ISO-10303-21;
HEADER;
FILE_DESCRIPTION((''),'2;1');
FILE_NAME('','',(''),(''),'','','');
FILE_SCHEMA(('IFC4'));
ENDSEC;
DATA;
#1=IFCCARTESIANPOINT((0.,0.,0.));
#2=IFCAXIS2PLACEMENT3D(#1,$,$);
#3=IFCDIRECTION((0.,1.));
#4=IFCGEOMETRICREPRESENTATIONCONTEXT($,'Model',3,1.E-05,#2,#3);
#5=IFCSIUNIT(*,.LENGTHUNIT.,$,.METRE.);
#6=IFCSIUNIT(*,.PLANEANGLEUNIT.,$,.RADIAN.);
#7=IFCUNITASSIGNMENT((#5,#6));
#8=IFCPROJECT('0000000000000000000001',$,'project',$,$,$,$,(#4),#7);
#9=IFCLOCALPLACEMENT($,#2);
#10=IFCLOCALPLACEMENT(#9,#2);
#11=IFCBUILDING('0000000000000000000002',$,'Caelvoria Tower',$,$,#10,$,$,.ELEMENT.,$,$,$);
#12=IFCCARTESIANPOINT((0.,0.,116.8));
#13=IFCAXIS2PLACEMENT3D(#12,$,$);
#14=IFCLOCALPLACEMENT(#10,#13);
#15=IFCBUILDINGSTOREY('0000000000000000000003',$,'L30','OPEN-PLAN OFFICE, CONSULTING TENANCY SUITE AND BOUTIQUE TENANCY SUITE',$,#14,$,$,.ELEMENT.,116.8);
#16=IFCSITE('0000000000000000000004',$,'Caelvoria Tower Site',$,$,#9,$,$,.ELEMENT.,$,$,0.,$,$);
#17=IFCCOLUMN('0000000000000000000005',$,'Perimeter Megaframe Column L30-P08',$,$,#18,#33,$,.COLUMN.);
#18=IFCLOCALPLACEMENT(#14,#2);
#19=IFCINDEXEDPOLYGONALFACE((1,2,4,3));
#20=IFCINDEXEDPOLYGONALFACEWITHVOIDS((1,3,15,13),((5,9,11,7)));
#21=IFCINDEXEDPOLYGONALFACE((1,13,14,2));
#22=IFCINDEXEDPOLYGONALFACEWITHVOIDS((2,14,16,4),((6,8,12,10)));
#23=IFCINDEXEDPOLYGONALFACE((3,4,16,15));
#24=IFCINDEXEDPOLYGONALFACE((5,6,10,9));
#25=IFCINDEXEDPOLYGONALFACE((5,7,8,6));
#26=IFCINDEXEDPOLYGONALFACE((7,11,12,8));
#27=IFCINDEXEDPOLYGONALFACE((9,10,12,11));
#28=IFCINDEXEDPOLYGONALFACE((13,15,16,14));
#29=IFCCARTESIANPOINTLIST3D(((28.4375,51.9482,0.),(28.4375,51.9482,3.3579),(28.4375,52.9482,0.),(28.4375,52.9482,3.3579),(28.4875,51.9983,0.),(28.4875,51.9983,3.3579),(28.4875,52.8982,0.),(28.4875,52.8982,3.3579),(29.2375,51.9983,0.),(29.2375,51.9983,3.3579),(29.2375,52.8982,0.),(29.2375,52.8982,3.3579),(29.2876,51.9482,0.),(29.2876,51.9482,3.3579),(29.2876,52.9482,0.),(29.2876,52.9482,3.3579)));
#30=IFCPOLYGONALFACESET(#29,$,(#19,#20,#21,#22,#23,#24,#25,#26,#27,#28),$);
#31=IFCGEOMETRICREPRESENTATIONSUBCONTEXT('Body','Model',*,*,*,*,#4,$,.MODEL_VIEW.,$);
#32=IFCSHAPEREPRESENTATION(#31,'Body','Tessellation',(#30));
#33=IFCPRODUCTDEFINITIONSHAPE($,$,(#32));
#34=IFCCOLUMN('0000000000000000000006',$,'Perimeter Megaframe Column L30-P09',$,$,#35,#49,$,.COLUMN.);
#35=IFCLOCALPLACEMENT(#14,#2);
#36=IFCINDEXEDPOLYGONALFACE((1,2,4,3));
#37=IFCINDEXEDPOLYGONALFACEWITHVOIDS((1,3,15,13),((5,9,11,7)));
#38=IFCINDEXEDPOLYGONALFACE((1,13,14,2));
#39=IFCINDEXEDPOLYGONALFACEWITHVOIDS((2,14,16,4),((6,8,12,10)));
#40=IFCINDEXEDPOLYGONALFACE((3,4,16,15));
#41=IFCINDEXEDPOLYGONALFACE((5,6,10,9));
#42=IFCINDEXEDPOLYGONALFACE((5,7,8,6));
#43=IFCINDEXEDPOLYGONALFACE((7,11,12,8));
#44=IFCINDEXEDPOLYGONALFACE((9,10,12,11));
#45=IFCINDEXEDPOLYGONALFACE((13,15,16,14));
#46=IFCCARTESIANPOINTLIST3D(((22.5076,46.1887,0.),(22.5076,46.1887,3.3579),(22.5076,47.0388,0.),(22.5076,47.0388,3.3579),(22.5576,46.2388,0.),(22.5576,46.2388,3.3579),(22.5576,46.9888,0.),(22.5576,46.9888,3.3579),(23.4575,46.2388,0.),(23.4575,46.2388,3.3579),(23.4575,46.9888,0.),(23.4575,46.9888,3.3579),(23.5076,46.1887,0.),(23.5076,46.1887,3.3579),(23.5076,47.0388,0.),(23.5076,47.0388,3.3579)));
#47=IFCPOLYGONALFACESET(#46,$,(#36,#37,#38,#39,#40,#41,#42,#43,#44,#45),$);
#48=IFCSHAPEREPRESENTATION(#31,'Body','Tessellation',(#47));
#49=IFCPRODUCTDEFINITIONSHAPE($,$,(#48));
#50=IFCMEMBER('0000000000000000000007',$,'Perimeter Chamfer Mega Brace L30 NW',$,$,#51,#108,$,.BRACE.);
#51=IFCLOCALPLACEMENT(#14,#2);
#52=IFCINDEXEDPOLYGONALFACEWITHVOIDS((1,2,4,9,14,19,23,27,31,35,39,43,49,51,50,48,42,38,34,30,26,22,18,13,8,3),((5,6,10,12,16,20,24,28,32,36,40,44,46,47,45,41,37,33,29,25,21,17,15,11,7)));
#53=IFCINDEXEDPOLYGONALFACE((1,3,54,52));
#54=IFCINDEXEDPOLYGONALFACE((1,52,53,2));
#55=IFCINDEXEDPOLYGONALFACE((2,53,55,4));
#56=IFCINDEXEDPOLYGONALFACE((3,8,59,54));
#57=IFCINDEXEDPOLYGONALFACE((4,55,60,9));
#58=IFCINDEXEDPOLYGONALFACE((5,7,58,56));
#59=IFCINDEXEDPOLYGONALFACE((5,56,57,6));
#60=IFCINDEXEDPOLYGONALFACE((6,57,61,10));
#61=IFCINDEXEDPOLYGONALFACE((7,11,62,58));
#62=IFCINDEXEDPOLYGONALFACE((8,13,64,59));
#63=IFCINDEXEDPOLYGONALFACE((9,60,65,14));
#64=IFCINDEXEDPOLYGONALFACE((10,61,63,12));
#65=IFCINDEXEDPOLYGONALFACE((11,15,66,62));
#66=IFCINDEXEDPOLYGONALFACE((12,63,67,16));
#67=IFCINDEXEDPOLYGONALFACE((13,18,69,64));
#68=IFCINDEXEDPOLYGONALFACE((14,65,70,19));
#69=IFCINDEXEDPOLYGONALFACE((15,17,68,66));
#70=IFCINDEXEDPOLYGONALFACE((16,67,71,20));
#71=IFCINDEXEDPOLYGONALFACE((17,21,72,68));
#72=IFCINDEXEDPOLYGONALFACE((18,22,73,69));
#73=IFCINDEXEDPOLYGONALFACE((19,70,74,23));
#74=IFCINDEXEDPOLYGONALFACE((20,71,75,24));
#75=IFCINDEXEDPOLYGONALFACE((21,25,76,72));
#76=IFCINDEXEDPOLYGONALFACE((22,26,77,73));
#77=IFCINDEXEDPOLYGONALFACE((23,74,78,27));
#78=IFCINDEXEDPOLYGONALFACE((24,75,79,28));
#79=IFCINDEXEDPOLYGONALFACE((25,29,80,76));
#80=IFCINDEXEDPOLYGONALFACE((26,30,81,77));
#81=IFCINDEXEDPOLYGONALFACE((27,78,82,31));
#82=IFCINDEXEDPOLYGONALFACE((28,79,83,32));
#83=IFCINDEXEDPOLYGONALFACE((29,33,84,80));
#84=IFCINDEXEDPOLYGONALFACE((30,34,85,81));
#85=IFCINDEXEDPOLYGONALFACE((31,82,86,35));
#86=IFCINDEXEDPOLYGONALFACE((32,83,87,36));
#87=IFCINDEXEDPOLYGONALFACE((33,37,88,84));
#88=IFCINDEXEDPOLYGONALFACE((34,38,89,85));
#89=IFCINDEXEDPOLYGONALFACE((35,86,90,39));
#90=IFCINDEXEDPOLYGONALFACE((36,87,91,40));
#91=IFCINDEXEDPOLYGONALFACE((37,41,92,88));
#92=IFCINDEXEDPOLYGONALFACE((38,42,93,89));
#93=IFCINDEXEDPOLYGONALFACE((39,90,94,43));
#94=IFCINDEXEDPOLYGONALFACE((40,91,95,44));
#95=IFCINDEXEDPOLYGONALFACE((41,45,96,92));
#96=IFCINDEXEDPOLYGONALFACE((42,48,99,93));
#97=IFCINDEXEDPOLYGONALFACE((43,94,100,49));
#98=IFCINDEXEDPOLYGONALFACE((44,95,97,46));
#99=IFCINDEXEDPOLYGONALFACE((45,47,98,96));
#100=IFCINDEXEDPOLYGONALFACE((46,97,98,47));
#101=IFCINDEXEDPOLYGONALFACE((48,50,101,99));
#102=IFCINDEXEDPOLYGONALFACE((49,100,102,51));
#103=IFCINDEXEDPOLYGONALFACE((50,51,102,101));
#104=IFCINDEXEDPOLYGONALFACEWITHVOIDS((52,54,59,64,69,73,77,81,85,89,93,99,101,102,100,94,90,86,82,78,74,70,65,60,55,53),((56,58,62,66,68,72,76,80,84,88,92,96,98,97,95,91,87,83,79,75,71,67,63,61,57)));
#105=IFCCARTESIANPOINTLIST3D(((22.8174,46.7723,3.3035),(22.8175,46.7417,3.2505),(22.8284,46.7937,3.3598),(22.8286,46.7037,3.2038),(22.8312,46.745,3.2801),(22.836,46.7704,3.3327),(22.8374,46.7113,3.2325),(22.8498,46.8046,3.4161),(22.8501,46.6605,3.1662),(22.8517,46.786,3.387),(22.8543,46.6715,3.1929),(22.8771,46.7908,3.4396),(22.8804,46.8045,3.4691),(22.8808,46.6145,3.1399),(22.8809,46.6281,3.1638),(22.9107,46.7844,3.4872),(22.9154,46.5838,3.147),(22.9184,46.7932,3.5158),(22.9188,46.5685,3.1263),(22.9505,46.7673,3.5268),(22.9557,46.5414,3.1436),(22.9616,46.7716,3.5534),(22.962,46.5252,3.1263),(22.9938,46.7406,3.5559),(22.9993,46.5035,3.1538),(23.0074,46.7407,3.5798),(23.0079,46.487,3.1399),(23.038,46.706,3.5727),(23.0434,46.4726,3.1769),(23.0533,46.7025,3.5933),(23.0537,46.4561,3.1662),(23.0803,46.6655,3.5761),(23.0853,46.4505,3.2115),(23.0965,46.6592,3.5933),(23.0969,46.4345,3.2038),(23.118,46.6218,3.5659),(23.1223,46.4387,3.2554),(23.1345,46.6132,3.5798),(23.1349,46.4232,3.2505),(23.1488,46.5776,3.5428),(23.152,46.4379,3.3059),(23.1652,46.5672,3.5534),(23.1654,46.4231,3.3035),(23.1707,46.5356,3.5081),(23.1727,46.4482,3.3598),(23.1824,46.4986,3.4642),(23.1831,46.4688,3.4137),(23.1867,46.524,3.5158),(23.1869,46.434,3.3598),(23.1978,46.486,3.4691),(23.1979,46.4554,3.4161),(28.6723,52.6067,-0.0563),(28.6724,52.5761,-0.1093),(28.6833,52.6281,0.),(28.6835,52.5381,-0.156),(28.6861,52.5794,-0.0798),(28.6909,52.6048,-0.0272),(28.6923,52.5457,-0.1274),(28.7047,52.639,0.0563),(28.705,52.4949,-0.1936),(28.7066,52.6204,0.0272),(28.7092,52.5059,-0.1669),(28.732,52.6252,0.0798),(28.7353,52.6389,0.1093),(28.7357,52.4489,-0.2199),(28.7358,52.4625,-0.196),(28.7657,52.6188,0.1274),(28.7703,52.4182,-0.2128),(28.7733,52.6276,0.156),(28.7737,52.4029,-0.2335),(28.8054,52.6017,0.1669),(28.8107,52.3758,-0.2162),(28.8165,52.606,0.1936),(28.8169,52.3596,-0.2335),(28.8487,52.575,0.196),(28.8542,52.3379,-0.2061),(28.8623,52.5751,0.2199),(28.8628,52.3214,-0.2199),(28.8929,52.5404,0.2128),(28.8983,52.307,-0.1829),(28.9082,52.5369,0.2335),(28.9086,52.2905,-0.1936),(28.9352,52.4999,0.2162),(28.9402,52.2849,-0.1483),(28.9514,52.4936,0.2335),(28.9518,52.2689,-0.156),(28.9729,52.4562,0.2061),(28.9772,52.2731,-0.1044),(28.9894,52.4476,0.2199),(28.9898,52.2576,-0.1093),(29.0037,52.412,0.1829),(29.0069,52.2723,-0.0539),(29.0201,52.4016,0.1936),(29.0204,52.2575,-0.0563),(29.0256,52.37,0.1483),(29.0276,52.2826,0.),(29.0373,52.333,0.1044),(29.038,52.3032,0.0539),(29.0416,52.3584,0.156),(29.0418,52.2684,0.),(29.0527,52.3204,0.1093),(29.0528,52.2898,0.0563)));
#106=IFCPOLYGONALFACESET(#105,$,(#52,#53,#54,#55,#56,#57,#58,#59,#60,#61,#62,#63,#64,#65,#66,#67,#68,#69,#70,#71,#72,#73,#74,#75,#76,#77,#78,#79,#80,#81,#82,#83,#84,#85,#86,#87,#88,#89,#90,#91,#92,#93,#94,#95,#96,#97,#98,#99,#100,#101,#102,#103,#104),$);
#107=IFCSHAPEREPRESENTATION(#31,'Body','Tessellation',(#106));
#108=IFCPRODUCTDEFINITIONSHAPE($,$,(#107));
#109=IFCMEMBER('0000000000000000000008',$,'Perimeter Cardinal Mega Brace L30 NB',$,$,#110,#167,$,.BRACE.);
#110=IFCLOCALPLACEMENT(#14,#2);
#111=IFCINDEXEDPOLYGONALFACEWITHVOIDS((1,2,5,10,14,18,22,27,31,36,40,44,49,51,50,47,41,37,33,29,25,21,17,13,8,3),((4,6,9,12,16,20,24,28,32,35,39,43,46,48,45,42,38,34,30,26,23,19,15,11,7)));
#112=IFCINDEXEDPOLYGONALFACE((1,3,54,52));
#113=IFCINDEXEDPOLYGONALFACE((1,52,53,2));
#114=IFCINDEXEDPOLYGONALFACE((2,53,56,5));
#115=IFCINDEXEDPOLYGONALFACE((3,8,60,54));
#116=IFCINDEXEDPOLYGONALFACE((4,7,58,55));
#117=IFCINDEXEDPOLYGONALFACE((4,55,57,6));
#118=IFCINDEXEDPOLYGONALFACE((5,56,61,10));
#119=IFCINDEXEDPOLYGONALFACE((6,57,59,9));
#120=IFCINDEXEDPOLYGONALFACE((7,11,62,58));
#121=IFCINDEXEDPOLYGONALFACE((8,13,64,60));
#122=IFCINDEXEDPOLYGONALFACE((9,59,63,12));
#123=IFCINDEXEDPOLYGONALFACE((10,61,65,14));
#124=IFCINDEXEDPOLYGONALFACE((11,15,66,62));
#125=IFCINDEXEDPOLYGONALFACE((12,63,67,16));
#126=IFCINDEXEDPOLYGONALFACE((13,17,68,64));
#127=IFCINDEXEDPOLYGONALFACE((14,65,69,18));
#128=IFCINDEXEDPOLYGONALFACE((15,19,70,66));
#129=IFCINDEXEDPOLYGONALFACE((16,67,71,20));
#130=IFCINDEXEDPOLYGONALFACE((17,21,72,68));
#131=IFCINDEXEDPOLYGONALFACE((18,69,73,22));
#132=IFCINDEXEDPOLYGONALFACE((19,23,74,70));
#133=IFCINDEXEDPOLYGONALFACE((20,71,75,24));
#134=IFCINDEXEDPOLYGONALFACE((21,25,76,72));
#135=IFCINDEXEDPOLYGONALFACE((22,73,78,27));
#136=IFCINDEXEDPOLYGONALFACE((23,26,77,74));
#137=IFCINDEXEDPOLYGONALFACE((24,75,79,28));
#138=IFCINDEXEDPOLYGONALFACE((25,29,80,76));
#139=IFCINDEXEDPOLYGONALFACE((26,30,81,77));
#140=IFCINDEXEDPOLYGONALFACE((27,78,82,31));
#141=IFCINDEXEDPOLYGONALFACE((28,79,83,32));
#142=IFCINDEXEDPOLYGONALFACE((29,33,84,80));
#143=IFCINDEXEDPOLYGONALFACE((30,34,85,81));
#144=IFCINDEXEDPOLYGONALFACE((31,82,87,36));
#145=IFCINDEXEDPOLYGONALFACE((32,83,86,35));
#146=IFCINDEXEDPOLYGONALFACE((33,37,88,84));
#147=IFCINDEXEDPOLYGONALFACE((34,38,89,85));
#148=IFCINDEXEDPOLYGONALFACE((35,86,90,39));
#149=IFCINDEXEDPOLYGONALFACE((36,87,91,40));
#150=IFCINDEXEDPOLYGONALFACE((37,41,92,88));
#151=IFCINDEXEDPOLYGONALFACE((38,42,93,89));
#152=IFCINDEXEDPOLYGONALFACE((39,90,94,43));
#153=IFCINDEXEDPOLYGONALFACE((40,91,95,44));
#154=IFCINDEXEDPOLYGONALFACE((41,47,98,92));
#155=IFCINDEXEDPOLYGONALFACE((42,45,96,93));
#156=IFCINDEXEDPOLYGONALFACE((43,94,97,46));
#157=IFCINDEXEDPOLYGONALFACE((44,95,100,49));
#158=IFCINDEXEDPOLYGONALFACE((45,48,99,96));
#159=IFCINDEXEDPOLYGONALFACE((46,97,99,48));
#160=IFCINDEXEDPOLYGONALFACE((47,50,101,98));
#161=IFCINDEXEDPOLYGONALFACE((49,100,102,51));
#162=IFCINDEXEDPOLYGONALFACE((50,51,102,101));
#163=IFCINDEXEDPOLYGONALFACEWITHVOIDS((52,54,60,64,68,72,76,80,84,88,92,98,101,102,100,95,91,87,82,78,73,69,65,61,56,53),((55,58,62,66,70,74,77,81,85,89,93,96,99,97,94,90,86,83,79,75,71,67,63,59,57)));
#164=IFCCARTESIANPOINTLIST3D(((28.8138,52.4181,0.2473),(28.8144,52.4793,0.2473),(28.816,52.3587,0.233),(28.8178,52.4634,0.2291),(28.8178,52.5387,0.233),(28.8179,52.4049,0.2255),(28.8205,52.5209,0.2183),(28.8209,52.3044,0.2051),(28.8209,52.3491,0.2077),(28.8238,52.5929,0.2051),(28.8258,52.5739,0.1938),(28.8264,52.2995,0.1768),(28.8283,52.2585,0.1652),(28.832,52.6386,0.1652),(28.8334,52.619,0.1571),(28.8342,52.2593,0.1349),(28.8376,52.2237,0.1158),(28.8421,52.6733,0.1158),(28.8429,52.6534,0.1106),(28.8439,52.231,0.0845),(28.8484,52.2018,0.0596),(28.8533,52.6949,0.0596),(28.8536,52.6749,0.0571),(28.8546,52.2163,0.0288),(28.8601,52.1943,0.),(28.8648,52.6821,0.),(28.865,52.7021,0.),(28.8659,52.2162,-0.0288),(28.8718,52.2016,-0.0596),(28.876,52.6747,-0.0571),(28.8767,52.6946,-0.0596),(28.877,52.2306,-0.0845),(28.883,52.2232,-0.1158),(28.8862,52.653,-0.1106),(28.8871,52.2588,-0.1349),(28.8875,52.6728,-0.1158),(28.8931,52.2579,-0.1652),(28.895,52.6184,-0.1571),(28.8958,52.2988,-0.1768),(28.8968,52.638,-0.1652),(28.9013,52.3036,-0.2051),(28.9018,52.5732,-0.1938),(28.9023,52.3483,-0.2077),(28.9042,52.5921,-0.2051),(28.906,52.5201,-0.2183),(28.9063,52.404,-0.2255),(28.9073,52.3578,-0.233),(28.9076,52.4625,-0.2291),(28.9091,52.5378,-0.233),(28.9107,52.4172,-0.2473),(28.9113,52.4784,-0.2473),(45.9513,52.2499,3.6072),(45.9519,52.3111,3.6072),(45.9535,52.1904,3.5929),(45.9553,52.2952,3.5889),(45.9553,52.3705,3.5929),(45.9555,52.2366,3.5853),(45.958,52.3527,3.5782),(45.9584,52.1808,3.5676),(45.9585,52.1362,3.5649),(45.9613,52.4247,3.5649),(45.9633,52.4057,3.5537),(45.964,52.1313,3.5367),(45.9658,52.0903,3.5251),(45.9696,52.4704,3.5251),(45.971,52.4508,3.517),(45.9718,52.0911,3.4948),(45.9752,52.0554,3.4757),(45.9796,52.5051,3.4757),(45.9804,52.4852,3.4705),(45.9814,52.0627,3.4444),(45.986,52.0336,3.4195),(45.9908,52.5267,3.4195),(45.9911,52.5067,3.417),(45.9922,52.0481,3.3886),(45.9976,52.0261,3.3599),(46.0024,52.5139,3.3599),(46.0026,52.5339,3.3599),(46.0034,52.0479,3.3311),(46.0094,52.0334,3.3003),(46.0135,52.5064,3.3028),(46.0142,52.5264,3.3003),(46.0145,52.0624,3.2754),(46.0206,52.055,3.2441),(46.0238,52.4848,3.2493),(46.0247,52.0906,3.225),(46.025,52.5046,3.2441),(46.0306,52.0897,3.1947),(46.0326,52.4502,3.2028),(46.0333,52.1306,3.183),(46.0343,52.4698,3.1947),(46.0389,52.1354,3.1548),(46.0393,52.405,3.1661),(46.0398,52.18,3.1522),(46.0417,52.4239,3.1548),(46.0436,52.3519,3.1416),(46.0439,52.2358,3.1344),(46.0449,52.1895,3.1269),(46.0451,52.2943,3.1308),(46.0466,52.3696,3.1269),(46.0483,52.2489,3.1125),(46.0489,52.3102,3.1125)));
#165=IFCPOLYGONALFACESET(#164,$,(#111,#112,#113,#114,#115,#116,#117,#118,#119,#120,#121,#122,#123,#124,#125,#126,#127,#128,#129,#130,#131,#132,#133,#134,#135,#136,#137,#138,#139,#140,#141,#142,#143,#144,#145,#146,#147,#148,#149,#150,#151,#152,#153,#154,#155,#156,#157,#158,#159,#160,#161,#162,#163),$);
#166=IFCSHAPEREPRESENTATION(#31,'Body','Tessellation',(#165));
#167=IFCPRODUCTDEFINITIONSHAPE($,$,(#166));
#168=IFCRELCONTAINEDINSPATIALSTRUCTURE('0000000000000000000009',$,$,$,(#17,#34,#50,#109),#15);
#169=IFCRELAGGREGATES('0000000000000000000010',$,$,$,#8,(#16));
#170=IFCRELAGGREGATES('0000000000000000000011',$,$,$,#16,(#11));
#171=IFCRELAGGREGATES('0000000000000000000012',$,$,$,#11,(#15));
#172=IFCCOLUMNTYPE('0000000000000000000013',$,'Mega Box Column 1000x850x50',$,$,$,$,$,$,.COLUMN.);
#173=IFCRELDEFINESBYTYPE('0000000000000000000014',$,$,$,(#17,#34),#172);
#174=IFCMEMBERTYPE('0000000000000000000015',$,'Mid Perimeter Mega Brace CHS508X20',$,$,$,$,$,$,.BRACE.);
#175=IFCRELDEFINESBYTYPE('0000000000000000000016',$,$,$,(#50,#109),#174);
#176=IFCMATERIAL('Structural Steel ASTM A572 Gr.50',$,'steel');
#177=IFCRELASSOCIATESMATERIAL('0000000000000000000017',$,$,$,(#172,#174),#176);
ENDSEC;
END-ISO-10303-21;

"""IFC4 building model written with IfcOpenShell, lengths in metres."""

from ifc_helpers import new_model, si_unit, direction, frame, origin, origin_2d, place, context, subcontext, project, spatial, hollow_rectangle, hollow_circle, extrude, material, material_profile, profile_set, type_object, element, save


model = new_model("IFC4")

# Units and contexts
model_context = context("Model", 3, precision=1e-05, world=origin(), true_north=direction((0.0, 1.0)))
body_context = subcontext(model_context, "Body", "Model", "MODEL_VIEW")
ifc_project = project(units=[si_unit("LENGTHUNIT", "METRE"), si_unit("PLANEANGLEUNIT", "RADIAN")], contexts=[model_context])

# Site, building, storey
site_placement = place(None, origin())
site = spatial("IfcSite", under=ifc_project, at=site_placement, Name="Caelvoria Tower Site", CompositionType="ELEMENT", RefElevation=0.0)
building_placement = place(site_placement, origin())
building = spatial("IfcBuilding", under=site, at=building_placement, Name="Caelvoria Tower", CompositionType="ELEMENT")
storey_placement = place(building_placement, frame((0.0, 0.0, 116.8)))
storey = spatial("IfcBuildingStorey", under=building, at=storey_placement, Name="L30", Description="OPEN-PLAN OFFICE, CONSULTING TENANCY SUITE AND BOUTIQUE TENANCY SUITE", CompositionType="ELEMENT", Elevation=116.8)

# Columns
ifc_material_1 = material(Name="Structural Steel ASTM A572 Gr.50", Category="steel")
ifc_material_profile_1 = material_profile(ifc_material_1, hollow_rectangle(XDim=0.8501, YDim=1.0, WallThickness=0.05, at=origin_2d()), Name="Structural Steel ASTM A572 Gr.50")
ifc_profile_set_1 = profile_set([ifc_material_profile_1], Name="BOX1000X850X50 - Structural Steel ASTM A572 Gr.50")
column_type = type_object("IfcColumnType", Name="Mega Box Column 1000x850x50", PredefinedType="COLUMN", material=ifc_profile_set_1)
for number, where, z_axis, x_axis, name in (
    (1, (28.8625, 52.4482, 0.0), (0.0, 0.0, 1.0), (1.0, 0.0, 0.0), "Perimeter Megaframe Column L30-P08"),
    (2, (23.0076, 46.6138, 0.0), (0.0, 0.0, 1.0), (0.0, 1.0, 0.0), "Perimeter Megaframe Column L30-P09"),
):
    element("IfcColumn", number, at=place(storey_placement, frame(where, z_axis=z_axis, x_axis=x_axis)), inside=storey, type_object=column_type, Name=name, PredefinedType="COLUMN", context=body_context, shape_type="SweptSolid", body=[
        extrude(hollow_rectangle(XDim=0.8501, YDim=1.0, WallThickness=0.05, at=origin_2d()), origin(), (0.0, 0.0, 1.0), 3.3579),
    ])

# Members
ifc_material_profile_2 = material_profile(ifc_material_1, hollow_circle(Radius=0.2539, WallThickness=0.02, at=origin_2d()), Name="Structural Steel ASTM A572 Gr.50")
ifc_profile_set_2 = profile_set([ifc_material_profile_2], Name="CHS508X20 - Structural Steel ASTM A572 Gr.50")
member_type = type_object("IfcMemberType", Name="Mid Perimeter Mega Brace CHS508X20", PredefinedType="BRACE", material=ifc_profile_set_2)
member_1_placement = place(storey_placement, frame((28.8625, 52.4482, 0.0), z_axis=(-0.656206, -0.653907, 0.376562), x_axis=(0.705865, -0.708346, 0.0)))
element("IfcMember", 3, at=member_1_placement, inside=storey, type_object=member_type, Name="Perimeter Chamfer Mega Brace L30 NW", PredefinedType="BRACE", context=body_context, shape_type="SweptSolid", body=[
    extrude(hollow_circle(Radius=0.2539, WallThickness=0.02, at=origin_2d()), origin(), (0.0, 0.0, 1.0), 8.9224),
])
member_2_placement = place(storey_placement, frame((28.8625, 52.4482, 0.0), z_axis=(0.981273, -0.009632, 0.192382), x_axis=(0.009815, 0.999952, 0.0)))
element("IfcMember", 4, at=member_2_placement, inside=storey, type_object=member_type, Name="Perimeter Cardinal Mega Brace L30 NB", PredefinedType="BRACE", context=body_context, shape_type="SweptSolid", body=[
    extrude(hollow_circle(Radius=0.2539, WallThickness=0.02, at=origin_2d()), origin(), (0.0, 0.0, 1.0), 17.4646),
])

save(model, "model.ifc")
